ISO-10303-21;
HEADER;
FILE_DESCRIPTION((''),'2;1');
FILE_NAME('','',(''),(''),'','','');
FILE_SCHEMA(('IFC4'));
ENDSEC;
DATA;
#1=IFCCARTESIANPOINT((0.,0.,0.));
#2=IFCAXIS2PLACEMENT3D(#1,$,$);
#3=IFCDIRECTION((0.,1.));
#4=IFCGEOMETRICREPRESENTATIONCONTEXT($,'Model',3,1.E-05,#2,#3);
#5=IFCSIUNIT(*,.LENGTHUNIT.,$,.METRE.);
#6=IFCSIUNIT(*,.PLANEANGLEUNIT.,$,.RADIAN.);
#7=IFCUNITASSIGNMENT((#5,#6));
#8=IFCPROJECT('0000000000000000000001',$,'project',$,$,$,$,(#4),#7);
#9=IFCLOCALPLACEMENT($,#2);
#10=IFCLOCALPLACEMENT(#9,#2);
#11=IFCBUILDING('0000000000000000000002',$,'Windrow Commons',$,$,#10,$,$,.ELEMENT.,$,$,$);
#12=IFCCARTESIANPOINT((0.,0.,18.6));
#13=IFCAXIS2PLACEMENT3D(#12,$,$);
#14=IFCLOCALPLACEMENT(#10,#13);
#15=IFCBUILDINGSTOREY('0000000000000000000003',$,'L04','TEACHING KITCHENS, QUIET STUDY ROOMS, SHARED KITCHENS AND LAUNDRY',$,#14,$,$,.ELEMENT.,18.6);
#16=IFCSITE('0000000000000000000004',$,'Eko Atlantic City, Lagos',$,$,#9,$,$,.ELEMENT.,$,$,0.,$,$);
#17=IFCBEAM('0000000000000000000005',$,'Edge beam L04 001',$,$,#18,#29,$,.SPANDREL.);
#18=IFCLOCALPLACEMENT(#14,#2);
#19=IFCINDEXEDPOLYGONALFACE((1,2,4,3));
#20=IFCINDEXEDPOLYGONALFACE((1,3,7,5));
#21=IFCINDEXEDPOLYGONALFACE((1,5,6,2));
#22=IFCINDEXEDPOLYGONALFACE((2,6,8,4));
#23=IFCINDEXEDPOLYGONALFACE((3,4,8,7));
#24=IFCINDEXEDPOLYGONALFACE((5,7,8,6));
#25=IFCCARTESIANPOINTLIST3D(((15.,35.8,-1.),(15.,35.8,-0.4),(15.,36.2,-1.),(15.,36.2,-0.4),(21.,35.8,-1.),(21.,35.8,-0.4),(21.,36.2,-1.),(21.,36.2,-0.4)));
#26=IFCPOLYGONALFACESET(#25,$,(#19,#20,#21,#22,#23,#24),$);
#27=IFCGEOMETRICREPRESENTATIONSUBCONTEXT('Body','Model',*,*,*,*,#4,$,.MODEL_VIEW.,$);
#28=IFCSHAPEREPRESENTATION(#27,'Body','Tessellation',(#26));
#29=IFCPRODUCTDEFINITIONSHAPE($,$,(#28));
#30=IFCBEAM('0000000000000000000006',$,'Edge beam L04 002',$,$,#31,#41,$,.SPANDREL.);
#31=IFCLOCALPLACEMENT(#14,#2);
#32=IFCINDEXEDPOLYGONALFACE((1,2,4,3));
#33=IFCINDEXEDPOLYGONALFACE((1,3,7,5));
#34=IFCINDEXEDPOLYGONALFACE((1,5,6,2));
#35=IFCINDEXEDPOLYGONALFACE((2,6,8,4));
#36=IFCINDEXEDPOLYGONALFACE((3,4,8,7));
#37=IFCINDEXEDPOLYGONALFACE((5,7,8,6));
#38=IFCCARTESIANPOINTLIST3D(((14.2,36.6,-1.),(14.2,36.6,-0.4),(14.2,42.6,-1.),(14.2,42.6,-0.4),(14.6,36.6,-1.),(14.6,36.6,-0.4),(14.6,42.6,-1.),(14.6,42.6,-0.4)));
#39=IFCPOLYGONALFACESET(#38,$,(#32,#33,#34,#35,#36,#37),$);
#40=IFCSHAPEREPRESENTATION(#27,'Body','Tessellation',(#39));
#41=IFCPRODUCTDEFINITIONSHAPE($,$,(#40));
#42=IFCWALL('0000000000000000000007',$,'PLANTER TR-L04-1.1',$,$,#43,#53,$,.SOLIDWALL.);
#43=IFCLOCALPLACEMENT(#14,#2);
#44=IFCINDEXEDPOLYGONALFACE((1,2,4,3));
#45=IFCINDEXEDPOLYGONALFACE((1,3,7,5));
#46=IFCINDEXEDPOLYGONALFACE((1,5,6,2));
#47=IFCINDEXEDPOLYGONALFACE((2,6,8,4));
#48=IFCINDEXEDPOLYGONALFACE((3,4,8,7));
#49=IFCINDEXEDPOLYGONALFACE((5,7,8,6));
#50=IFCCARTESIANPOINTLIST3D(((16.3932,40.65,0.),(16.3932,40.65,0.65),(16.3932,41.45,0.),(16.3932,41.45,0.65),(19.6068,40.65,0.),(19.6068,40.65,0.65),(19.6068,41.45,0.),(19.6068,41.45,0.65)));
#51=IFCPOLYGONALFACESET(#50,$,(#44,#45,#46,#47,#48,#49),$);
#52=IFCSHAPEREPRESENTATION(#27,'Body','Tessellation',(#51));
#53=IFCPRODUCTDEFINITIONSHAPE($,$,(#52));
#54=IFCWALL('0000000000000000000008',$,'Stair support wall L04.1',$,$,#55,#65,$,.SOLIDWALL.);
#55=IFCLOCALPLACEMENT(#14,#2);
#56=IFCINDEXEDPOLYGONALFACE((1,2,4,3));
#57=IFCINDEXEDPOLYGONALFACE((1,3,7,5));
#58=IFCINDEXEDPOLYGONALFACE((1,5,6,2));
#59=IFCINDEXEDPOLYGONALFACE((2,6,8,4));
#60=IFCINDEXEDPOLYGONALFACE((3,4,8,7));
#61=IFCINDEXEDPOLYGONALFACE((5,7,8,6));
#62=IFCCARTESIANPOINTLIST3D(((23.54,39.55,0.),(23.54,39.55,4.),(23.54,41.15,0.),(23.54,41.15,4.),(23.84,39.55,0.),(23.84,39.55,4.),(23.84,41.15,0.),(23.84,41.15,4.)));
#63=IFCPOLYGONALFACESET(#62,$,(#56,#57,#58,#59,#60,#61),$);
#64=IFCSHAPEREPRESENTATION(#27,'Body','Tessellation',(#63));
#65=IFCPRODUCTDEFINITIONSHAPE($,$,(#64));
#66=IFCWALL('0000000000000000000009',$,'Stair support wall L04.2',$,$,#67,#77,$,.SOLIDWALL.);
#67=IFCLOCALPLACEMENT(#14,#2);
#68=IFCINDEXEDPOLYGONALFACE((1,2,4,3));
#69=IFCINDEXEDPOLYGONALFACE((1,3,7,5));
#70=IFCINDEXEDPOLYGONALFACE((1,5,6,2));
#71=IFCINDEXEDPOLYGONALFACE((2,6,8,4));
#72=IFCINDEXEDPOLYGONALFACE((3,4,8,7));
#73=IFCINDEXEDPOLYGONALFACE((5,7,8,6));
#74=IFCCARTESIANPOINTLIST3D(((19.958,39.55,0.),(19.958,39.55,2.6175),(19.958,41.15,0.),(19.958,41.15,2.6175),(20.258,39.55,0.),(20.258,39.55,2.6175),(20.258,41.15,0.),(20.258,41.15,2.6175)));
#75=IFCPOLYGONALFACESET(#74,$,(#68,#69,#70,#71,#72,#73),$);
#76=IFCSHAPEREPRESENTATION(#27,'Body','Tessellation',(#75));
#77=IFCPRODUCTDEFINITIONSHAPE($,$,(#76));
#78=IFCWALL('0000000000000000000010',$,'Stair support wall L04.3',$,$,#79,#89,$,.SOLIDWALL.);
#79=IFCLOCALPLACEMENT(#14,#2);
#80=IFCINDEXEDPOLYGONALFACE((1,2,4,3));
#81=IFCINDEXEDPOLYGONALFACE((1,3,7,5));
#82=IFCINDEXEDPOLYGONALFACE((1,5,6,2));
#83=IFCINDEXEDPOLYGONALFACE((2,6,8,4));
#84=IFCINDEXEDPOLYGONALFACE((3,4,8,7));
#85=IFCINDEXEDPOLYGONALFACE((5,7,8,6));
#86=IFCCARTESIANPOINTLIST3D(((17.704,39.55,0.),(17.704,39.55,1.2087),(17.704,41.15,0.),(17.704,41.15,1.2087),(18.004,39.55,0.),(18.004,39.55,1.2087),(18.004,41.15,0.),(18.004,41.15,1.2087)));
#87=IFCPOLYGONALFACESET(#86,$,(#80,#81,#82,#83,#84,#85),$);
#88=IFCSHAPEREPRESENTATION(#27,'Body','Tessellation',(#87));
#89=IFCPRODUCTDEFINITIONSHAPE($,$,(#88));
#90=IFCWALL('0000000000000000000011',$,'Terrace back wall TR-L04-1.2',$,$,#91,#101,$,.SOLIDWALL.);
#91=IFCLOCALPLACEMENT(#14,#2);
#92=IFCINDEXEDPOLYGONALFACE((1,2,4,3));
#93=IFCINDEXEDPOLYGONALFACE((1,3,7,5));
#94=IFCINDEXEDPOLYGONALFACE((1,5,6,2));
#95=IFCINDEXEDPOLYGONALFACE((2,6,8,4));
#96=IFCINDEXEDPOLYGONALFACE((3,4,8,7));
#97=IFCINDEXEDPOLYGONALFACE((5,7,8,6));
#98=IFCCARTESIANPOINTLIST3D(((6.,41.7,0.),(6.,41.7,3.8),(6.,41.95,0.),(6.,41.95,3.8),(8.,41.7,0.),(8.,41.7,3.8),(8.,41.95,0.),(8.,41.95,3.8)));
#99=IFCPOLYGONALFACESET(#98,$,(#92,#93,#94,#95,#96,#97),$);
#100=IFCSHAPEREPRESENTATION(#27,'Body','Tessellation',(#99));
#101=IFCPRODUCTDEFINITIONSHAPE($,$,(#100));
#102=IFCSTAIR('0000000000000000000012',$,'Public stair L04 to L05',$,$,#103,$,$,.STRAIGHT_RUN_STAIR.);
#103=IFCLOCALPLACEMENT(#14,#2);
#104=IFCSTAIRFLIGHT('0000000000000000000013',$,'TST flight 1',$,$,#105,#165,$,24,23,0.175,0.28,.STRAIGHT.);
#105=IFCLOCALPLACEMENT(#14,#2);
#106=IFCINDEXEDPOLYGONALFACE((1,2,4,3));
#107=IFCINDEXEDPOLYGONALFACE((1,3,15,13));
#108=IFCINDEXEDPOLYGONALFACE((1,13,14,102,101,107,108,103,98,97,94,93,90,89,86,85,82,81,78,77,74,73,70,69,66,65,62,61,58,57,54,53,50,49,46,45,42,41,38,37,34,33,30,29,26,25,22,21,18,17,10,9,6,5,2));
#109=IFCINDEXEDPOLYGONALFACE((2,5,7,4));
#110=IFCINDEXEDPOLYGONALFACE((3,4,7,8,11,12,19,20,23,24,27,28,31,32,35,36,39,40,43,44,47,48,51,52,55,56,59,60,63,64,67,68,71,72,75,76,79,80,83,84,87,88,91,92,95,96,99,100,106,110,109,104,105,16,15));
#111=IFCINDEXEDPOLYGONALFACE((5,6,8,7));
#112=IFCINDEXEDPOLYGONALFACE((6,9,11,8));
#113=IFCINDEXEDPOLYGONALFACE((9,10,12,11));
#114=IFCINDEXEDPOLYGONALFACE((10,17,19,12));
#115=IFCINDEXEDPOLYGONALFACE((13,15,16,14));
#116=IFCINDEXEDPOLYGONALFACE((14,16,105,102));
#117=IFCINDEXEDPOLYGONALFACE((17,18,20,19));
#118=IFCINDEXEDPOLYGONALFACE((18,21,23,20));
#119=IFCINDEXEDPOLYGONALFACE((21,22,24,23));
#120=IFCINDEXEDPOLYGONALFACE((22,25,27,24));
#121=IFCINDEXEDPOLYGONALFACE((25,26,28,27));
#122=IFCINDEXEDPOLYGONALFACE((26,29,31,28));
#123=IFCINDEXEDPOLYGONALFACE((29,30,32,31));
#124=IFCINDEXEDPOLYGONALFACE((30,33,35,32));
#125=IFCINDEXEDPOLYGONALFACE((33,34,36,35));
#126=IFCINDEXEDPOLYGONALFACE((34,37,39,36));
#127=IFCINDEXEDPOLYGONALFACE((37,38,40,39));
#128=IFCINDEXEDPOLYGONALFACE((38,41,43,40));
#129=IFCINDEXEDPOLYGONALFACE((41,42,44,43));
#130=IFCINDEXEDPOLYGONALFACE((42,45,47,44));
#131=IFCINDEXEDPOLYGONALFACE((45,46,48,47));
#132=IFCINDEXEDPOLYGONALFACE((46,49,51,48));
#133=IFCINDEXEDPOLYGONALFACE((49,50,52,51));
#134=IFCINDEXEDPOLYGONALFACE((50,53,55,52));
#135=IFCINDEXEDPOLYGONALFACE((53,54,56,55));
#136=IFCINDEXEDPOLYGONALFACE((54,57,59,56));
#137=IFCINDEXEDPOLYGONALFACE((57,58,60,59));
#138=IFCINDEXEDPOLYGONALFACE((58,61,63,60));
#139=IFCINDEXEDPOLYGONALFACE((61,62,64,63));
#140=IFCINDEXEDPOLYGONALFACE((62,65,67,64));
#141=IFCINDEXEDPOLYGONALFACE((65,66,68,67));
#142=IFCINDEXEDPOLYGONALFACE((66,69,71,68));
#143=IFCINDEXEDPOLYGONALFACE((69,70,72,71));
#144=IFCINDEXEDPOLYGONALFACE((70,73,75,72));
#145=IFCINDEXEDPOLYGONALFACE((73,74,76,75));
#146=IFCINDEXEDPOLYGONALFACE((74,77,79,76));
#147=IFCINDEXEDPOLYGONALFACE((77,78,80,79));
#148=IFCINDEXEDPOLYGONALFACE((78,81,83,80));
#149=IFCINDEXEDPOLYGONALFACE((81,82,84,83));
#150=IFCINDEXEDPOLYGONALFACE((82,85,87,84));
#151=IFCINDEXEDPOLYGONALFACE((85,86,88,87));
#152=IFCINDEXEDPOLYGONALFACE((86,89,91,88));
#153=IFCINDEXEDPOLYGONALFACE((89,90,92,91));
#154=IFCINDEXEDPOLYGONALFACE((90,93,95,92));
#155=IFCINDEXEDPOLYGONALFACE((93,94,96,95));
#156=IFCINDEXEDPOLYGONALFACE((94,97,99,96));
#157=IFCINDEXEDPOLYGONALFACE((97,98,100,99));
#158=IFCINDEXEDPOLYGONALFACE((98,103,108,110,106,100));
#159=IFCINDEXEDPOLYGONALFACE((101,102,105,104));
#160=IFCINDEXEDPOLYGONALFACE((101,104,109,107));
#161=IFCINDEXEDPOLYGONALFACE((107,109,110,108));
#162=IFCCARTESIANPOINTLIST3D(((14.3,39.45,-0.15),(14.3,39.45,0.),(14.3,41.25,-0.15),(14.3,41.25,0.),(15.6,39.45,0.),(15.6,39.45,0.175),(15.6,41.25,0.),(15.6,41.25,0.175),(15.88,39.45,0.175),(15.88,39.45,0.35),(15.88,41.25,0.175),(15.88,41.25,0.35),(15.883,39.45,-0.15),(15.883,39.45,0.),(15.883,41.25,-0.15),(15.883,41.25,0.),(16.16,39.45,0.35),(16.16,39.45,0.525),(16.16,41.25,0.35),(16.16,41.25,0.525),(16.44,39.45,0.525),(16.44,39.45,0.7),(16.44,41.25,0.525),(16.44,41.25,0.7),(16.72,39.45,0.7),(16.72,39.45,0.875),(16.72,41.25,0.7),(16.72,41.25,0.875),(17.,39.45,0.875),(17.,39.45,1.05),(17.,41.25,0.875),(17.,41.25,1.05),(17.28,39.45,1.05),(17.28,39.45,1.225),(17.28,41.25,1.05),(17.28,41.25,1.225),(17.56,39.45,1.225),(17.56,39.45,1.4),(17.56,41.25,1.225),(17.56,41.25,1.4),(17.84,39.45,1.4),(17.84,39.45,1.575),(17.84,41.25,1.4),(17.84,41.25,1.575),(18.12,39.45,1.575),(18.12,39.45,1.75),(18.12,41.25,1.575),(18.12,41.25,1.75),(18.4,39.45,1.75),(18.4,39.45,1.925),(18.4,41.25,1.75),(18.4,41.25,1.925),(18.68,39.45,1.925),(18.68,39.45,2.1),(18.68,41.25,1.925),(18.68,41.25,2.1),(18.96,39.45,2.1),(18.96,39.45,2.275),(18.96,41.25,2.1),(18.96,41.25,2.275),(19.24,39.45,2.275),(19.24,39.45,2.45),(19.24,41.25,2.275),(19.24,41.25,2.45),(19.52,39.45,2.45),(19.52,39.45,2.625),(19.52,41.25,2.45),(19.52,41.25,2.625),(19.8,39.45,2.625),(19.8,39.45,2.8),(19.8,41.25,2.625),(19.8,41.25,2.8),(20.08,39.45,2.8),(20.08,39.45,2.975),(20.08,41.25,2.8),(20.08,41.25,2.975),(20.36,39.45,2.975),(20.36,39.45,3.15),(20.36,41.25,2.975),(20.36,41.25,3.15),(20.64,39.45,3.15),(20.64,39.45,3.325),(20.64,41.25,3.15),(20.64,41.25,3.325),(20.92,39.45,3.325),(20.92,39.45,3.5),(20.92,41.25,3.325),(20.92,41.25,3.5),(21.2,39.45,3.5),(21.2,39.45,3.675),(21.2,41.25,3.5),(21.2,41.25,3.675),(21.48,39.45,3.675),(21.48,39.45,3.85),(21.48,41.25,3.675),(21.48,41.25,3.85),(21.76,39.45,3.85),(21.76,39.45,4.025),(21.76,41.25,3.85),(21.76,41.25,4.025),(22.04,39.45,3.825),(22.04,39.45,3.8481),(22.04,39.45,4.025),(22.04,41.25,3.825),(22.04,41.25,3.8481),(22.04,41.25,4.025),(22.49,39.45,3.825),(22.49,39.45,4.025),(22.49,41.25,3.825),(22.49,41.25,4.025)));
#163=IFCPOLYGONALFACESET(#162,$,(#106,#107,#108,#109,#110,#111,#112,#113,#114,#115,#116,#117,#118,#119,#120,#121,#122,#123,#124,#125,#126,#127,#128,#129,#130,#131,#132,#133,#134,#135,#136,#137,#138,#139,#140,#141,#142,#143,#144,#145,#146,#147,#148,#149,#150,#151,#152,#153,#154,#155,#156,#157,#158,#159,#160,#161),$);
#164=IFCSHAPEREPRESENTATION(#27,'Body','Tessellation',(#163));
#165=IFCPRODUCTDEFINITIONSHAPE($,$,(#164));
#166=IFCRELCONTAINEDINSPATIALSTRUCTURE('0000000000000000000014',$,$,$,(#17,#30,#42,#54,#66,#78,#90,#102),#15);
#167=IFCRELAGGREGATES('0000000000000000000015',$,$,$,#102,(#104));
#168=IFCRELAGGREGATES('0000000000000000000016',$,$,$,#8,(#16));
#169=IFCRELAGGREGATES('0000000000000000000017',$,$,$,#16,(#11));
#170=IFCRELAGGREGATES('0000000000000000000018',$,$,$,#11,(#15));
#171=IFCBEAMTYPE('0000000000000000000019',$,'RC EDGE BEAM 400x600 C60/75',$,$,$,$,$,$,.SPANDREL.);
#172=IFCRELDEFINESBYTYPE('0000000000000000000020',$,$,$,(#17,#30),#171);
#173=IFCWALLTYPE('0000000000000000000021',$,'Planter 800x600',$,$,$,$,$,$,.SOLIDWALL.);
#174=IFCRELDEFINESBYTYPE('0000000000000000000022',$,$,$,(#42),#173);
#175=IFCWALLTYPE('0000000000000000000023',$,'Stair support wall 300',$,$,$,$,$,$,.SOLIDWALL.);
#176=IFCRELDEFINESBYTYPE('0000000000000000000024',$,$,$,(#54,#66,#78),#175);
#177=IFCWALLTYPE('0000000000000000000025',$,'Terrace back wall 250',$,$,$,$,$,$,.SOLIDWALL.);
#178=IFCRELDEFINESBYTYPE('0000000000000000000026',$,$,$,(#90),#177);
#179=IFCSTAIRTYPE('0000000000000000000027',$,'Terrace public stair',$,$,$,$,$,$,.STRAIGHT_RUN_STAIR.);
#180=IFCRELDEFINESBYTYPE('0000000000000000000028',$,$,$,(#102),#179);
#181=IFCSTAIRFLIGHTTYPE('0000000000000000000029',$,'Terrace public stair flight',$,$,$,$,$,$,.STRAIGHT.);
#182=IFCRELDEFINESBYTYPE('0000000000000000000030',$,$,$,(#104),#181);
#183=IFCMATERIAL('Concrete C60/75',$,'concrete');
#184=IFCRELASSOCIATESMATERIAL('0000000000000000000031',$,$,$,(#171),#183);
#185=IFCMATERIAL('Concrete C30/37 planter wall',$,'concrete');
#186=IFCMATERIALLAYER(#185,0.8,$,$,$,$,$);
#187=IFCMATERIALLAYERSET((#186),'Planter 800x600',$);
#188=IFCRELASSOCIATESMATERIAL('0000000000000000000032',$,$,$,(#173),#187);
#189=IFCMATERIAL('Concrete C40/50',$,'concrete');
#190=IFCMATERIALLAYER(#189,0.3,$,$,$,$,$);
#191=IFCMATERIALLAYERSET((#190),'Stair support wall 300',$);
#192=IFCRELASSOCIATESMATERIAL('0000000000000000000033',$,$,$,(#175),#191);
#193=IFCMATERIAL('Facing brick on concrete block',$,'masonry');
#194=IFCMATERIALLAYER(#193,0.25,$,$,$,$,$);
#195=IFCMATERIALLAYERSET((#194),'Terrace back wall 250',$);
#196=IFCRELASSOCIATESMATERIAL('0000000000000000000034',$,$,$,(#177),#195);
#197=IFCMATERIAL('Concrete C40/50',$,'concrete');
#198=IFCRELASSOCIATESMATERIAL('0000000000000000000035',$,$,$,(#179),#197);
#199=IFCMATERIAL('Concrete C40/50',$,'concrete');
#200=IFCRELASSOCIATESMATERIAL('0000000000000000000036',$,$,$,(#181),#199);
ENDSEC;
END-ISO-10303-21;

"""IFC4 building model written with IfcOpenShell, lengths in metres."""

from ifc_helpers import new_model, si_unit, direction, frame, frame_2d, origin, origin_2d, place, context, subcontext, project, spatial, polyline, rectangle, outline, extrude, material, layer, layer_set, material_profile, profile_set, type_object, element, aggregate, save


model = new_model("IFC4")

# Units and contexts
model_context = context("Model", 3, precision=1e-05, world=origin(), true_north=direction((0.0, 1.0)))
body_context = subcontext(model_context, "Body", "Model", "MODEL_VIEW")
ifc_project = project(units=[si_unit("LENGTHUNIT", "METRE"), si_unit("PLANEANGLEUNIT", "RADIAN")], contexts=[model_context])

# Site, building, storey
site_placement = place(None, origin())
site = spatial("IfcSite", under=ifc_project, at=site_placement, Name="Eko Atlantic City, Lagos", CompositionType="ELEMENT", RefElevation=0.0)
building_placement = place(site_placement, origin())
building = spatial("IfcBuilding", under=site, at=building_placement, Name="Windrow Commons", CompositionType="ELEMENT")
storey_placement = place(building_placement, frame((0.0, 0.0, 18.6)))
storey = spatial("IfcBuildingStorey", under=building, at=storey_placement, Name="L04", Description="TEACHING KITCHENS, QUIET STUDY ROOMS, SHARED KITCHENS AND LAUNDRY", CompositionType="ELEMENT", Elevation=18.6)

# Beams
ifc_material_1 = material(Name="Concrete C60/75", Category="concrete")
ifc_material_profile = material_profile(ifc_material_1, rectangle(XDim=0.4, YDim=0.6, at=origin_2d()))
ifc_profile_set = profile_set([ifc_material_profile], Name="Concrete C60/75")
beam_type = type_object("IfcBeamType", Name="RC EDGE BEAM 400x600 C60/75", PredefinedType="SPANDREL", material=ifc_profile_set)
for number, where, z_axis, x_axis, name in (
    (1, (21.0, 36.0, -0.7), (-1.0, 0.0, 0.0), (0.0, -1.0, 0.0), "Edge beam L04 001"),
    (2, (14.4, 36.6, -0.7), (0.0, 1.0, 0.0), (-1.0, 0.0, 0.0), "Edge beam L04 002"),
):
    element("IfcBeam", number, at=place(storey_placement, frame(where, z_axis=z_axis, x_axis=x_axis)), inside=storey, type_object=beam_type, Name=name, PredefinedType="SPANDREL", context=body_context, shape_type="SweptSolid", body=[
        extrude(rectangle(XDim=0.4, YDim=0.6, at=origin_2d()), origin(), (0.0, 0.0, 1.0), 6.0),
    ])

# Walls
ifc_material_2 = material(Name="Concrete C30/37 planter wall", Category="concrete")
ifc_layer_1 = layer(ifc_material_2, 0.8)
ifc_layer_set_1 = layer_set([ifc_layer_1], Name="Planter 800x600")
wall_type_1 = type_object("IfcWallType", Name="Planter 800x600", PredefinedType="SOLIDWALL", material=ifc_layer_set_1)
wall_1_placement = place(storey_placement, frame((19.6068, 41.05, 0.0), z_axis=(0.0, 0.0, 1.0), x_axis=(-1.0, 0.0, 0.0)))
element("IfcWall", 3, at=wall_1_placement, inside=storey, type_object=wall_type_1, Name="PLANTER TR-L04-1.1", PredefinedType="SOLIDWALL", context=body_context, shape_type="SweptSolid", body=[
    extrude(outline(polyline([(0.0, -0.4), (3.2136, -0.4), (3.2136, 0.4), (0.0, 0.4), (0.0, -0.4)])), origin(), (0.0, 0.0, 1.0), 0.65),
])
ifc_material_3 = material(Name="Concrete C40/50", Category="concrete")
ifc_layer_2 = layer(ifc_material_3, 0.3)
ifc_layer_set_2 = layer_set([ifc_layer_2], Name="Stair support wall 300")
wall_type_2 = type_object("IfcWallType", Name="Stair support wall 300", PredefinedType="SOLIDWALL", material=ifc_layer_set_2)
wall_2_placement = place(storey_placement, frame((23.69, 41.15, 0.0), z_axis=(0.0, 0.0, 1.0), x_axis=(0.0, -1.0, 0.0)))
element("IfcWall", 4, at=wall_2_placement, inside=storey, type_object=wall_type_2, Name="Stair support wall L04.1", PredefinedType="SOLIDWALL", context=body_context, shape_type="SweptSolid", body=[
    extrude(rectangle(XDim=1.6, YDim=0.3, at=frame_2d((0.8, 0.0))), origin(), (0.0, 0.0, 1.0), 4.0),
])
wall_3_placement = place(storey_placement, frame((20.108, 41.15, 0.0), z_axis=(0.0, 0.0, 1.0), x_axis=(0.0, -1.0, 0.0)))
element("IfcWall", 5, at=wall_3_placement, inside=storey, type_object=wall_type_2, Name="Stair support wall L04.2", PredefinedType="SOLIDWALL", context=body_context, shape_type="SweptSolid", body=[
    extrude(rectangle(XDim=1.6, YDim=0.3, at=frame_2d((0.8, 0.0))), origin(), (0.0, 0.0, 1.0), 2.6175),
])
wall_4_placement = place(storey_placement, frame((17.854, 41.15, 0.0), z_axis=(0.0, 0.0, 1.0), x_axis=(0.0, -1.0, 0.0)))
element("IfcWall", 6, at=wall_4_placement, inside=storey, type_object=wall_type_2, Name="Stair support wall L04.3", PredefinedType="SOLIDWALL", context=body_context, shape_type="SweptSolid", body=[
    extrude(rectangle(XDim=1.6, YDim=0.3, at=frame_2d((0.8, 0.0))), origin(), (0.0, 0.0, 1.0), 1.2087),
])
ifc_material_4 = material(Name="Facing brick on concrete block", Category="masonry")
ifc_layer_3 = layer(ifc_material_4, 0.25)
ifc_layer_set_3 = layer_set([ifc_layer_3], Name="Terrace back wall 250")
wall_type_3 = type_object("IfcWallType", Name="Terrace back wall 250", PredefinedType="SOLIDWALL", material=ifc_layer_set_3)
wall_5_placement = place(storey_placement, frame((8.0, 41.825, 0.0), z_axis=(0.0, 0.0, 1.0), x_axis=(-1.0, 0.0, 0.0)))
element("IfcWall", 7, at=wall_5_placement, inside=storey, type_object=wall_type_3, Name="Terrace back wall TR-L04-1.2", PredefinedType="SOLIDWALL", context=body_context, shape_type="SweptSolid", body=[
    extrude(rectangle(XDim=2.0, YDim=0.25, at=frame_2d((1.0, 0.0))), origin(), (0.0, 0.0, 1.0), 3.8),
])

# Stair, stair flight
ifc_material_5 = material(Name="Concrete C40/50", Category="concrete")
stair_type = type_object("IfcStairType", Name="Terrace public stair", PredefinedType="STRAIGHT_RUN_STAIR", material=ifc_material_5)
stair_placement = place(storey_placement, origin())
stair = element("IfcStair", 8, at=stair_placement, inside=storey, type_object=stair_type, Name="Public stair L04 to L05", PredefinedType="STRAIGHT_RUN_STAIR")
ifc_material_6 = material(Name="Concrete C40/50", Category="concrete")
stair_flight_type = type_object("IfcStairFlightType", Name="Terrace public stair flight", PredefinedType="STRAIGHT", material=ifc_material_6)
stair_flight_placement = place(storey_placement, frame((15.6, 40.35, 0.0), z_axis=(0.0, 0.0, 1.0), x_axis=(1.0, 0.0, 0.0)))
stair_flight = element("IfcStairFlight", 9, at=stair_flight_placement, type_object=stair_flight_type, Name="TST flight 1", NumberOfRisers=24, NumberOfTreads=23, PredefinedType="STRAIGHT", RiserHeight=0.175, TreadLength=0.28, context=body_context, shape_type="SweptSolid", body=[
    extrude(outline(polyline([(-1.3, -0.15), (-1.3, 0.0), (0.0, 0.0), (0.0, 0.175), (0.28, 0.175), (0.28, 0.35), (0.56, 0.35), (0.56, 0.525), (0.84, 0.525), (0.84, 0.7), (1.12, 0.7), (1.12, 0.875), (1.4, 0.875), (1.4, 1.05), (1.68, 1.05), (1.68, 1.225), (1.96, 1.225), (1.96, 1.4), (2.24, 1.4), (2.24, 1.575), (2.52, 1.575), (2.52, 1.75), (2.8, 1.75), (2.8, 1.925), (3.08, 1.925), (3.08, 2.1), (3.36, 2.1), (3.36, 2.275), (3.64, 2.275), (3.64, 2.45), (3.92, 2.45), (3.92, 2.625), (4.2, 2.625), (4.2, 2.8), (4.48, 2.8), (4.48, 2.975), (4.76, 2.975), (4.76, 3.15), (5.04, 3.15), (5.04, 3.325), (5.32, 3.325), (5.32, 3.5), (5.6, 3.5), (5.6, 3.675), (5.88, 3.675), (5.88, 3.85), (6.16, 3.85), (6.16, 4.025), (6.44, 4.025), (6.89, 4.025), (6.89, 3.825), (6.44, 3.825), (6.44, 3.8481), (0.283, 0.0), (0.283, -0.15), (-1.3, -0.15)])), frame((0.0, 0.9, 0.0), z_axis=(0.0, -1.0, 0.0), x_axis=(1.0, 0.0, 0.0)), (0.0, 0.0, 1.0), 1.8),
])
aggregate(stair, [stair_flight])

save(model, "model.ifc")
